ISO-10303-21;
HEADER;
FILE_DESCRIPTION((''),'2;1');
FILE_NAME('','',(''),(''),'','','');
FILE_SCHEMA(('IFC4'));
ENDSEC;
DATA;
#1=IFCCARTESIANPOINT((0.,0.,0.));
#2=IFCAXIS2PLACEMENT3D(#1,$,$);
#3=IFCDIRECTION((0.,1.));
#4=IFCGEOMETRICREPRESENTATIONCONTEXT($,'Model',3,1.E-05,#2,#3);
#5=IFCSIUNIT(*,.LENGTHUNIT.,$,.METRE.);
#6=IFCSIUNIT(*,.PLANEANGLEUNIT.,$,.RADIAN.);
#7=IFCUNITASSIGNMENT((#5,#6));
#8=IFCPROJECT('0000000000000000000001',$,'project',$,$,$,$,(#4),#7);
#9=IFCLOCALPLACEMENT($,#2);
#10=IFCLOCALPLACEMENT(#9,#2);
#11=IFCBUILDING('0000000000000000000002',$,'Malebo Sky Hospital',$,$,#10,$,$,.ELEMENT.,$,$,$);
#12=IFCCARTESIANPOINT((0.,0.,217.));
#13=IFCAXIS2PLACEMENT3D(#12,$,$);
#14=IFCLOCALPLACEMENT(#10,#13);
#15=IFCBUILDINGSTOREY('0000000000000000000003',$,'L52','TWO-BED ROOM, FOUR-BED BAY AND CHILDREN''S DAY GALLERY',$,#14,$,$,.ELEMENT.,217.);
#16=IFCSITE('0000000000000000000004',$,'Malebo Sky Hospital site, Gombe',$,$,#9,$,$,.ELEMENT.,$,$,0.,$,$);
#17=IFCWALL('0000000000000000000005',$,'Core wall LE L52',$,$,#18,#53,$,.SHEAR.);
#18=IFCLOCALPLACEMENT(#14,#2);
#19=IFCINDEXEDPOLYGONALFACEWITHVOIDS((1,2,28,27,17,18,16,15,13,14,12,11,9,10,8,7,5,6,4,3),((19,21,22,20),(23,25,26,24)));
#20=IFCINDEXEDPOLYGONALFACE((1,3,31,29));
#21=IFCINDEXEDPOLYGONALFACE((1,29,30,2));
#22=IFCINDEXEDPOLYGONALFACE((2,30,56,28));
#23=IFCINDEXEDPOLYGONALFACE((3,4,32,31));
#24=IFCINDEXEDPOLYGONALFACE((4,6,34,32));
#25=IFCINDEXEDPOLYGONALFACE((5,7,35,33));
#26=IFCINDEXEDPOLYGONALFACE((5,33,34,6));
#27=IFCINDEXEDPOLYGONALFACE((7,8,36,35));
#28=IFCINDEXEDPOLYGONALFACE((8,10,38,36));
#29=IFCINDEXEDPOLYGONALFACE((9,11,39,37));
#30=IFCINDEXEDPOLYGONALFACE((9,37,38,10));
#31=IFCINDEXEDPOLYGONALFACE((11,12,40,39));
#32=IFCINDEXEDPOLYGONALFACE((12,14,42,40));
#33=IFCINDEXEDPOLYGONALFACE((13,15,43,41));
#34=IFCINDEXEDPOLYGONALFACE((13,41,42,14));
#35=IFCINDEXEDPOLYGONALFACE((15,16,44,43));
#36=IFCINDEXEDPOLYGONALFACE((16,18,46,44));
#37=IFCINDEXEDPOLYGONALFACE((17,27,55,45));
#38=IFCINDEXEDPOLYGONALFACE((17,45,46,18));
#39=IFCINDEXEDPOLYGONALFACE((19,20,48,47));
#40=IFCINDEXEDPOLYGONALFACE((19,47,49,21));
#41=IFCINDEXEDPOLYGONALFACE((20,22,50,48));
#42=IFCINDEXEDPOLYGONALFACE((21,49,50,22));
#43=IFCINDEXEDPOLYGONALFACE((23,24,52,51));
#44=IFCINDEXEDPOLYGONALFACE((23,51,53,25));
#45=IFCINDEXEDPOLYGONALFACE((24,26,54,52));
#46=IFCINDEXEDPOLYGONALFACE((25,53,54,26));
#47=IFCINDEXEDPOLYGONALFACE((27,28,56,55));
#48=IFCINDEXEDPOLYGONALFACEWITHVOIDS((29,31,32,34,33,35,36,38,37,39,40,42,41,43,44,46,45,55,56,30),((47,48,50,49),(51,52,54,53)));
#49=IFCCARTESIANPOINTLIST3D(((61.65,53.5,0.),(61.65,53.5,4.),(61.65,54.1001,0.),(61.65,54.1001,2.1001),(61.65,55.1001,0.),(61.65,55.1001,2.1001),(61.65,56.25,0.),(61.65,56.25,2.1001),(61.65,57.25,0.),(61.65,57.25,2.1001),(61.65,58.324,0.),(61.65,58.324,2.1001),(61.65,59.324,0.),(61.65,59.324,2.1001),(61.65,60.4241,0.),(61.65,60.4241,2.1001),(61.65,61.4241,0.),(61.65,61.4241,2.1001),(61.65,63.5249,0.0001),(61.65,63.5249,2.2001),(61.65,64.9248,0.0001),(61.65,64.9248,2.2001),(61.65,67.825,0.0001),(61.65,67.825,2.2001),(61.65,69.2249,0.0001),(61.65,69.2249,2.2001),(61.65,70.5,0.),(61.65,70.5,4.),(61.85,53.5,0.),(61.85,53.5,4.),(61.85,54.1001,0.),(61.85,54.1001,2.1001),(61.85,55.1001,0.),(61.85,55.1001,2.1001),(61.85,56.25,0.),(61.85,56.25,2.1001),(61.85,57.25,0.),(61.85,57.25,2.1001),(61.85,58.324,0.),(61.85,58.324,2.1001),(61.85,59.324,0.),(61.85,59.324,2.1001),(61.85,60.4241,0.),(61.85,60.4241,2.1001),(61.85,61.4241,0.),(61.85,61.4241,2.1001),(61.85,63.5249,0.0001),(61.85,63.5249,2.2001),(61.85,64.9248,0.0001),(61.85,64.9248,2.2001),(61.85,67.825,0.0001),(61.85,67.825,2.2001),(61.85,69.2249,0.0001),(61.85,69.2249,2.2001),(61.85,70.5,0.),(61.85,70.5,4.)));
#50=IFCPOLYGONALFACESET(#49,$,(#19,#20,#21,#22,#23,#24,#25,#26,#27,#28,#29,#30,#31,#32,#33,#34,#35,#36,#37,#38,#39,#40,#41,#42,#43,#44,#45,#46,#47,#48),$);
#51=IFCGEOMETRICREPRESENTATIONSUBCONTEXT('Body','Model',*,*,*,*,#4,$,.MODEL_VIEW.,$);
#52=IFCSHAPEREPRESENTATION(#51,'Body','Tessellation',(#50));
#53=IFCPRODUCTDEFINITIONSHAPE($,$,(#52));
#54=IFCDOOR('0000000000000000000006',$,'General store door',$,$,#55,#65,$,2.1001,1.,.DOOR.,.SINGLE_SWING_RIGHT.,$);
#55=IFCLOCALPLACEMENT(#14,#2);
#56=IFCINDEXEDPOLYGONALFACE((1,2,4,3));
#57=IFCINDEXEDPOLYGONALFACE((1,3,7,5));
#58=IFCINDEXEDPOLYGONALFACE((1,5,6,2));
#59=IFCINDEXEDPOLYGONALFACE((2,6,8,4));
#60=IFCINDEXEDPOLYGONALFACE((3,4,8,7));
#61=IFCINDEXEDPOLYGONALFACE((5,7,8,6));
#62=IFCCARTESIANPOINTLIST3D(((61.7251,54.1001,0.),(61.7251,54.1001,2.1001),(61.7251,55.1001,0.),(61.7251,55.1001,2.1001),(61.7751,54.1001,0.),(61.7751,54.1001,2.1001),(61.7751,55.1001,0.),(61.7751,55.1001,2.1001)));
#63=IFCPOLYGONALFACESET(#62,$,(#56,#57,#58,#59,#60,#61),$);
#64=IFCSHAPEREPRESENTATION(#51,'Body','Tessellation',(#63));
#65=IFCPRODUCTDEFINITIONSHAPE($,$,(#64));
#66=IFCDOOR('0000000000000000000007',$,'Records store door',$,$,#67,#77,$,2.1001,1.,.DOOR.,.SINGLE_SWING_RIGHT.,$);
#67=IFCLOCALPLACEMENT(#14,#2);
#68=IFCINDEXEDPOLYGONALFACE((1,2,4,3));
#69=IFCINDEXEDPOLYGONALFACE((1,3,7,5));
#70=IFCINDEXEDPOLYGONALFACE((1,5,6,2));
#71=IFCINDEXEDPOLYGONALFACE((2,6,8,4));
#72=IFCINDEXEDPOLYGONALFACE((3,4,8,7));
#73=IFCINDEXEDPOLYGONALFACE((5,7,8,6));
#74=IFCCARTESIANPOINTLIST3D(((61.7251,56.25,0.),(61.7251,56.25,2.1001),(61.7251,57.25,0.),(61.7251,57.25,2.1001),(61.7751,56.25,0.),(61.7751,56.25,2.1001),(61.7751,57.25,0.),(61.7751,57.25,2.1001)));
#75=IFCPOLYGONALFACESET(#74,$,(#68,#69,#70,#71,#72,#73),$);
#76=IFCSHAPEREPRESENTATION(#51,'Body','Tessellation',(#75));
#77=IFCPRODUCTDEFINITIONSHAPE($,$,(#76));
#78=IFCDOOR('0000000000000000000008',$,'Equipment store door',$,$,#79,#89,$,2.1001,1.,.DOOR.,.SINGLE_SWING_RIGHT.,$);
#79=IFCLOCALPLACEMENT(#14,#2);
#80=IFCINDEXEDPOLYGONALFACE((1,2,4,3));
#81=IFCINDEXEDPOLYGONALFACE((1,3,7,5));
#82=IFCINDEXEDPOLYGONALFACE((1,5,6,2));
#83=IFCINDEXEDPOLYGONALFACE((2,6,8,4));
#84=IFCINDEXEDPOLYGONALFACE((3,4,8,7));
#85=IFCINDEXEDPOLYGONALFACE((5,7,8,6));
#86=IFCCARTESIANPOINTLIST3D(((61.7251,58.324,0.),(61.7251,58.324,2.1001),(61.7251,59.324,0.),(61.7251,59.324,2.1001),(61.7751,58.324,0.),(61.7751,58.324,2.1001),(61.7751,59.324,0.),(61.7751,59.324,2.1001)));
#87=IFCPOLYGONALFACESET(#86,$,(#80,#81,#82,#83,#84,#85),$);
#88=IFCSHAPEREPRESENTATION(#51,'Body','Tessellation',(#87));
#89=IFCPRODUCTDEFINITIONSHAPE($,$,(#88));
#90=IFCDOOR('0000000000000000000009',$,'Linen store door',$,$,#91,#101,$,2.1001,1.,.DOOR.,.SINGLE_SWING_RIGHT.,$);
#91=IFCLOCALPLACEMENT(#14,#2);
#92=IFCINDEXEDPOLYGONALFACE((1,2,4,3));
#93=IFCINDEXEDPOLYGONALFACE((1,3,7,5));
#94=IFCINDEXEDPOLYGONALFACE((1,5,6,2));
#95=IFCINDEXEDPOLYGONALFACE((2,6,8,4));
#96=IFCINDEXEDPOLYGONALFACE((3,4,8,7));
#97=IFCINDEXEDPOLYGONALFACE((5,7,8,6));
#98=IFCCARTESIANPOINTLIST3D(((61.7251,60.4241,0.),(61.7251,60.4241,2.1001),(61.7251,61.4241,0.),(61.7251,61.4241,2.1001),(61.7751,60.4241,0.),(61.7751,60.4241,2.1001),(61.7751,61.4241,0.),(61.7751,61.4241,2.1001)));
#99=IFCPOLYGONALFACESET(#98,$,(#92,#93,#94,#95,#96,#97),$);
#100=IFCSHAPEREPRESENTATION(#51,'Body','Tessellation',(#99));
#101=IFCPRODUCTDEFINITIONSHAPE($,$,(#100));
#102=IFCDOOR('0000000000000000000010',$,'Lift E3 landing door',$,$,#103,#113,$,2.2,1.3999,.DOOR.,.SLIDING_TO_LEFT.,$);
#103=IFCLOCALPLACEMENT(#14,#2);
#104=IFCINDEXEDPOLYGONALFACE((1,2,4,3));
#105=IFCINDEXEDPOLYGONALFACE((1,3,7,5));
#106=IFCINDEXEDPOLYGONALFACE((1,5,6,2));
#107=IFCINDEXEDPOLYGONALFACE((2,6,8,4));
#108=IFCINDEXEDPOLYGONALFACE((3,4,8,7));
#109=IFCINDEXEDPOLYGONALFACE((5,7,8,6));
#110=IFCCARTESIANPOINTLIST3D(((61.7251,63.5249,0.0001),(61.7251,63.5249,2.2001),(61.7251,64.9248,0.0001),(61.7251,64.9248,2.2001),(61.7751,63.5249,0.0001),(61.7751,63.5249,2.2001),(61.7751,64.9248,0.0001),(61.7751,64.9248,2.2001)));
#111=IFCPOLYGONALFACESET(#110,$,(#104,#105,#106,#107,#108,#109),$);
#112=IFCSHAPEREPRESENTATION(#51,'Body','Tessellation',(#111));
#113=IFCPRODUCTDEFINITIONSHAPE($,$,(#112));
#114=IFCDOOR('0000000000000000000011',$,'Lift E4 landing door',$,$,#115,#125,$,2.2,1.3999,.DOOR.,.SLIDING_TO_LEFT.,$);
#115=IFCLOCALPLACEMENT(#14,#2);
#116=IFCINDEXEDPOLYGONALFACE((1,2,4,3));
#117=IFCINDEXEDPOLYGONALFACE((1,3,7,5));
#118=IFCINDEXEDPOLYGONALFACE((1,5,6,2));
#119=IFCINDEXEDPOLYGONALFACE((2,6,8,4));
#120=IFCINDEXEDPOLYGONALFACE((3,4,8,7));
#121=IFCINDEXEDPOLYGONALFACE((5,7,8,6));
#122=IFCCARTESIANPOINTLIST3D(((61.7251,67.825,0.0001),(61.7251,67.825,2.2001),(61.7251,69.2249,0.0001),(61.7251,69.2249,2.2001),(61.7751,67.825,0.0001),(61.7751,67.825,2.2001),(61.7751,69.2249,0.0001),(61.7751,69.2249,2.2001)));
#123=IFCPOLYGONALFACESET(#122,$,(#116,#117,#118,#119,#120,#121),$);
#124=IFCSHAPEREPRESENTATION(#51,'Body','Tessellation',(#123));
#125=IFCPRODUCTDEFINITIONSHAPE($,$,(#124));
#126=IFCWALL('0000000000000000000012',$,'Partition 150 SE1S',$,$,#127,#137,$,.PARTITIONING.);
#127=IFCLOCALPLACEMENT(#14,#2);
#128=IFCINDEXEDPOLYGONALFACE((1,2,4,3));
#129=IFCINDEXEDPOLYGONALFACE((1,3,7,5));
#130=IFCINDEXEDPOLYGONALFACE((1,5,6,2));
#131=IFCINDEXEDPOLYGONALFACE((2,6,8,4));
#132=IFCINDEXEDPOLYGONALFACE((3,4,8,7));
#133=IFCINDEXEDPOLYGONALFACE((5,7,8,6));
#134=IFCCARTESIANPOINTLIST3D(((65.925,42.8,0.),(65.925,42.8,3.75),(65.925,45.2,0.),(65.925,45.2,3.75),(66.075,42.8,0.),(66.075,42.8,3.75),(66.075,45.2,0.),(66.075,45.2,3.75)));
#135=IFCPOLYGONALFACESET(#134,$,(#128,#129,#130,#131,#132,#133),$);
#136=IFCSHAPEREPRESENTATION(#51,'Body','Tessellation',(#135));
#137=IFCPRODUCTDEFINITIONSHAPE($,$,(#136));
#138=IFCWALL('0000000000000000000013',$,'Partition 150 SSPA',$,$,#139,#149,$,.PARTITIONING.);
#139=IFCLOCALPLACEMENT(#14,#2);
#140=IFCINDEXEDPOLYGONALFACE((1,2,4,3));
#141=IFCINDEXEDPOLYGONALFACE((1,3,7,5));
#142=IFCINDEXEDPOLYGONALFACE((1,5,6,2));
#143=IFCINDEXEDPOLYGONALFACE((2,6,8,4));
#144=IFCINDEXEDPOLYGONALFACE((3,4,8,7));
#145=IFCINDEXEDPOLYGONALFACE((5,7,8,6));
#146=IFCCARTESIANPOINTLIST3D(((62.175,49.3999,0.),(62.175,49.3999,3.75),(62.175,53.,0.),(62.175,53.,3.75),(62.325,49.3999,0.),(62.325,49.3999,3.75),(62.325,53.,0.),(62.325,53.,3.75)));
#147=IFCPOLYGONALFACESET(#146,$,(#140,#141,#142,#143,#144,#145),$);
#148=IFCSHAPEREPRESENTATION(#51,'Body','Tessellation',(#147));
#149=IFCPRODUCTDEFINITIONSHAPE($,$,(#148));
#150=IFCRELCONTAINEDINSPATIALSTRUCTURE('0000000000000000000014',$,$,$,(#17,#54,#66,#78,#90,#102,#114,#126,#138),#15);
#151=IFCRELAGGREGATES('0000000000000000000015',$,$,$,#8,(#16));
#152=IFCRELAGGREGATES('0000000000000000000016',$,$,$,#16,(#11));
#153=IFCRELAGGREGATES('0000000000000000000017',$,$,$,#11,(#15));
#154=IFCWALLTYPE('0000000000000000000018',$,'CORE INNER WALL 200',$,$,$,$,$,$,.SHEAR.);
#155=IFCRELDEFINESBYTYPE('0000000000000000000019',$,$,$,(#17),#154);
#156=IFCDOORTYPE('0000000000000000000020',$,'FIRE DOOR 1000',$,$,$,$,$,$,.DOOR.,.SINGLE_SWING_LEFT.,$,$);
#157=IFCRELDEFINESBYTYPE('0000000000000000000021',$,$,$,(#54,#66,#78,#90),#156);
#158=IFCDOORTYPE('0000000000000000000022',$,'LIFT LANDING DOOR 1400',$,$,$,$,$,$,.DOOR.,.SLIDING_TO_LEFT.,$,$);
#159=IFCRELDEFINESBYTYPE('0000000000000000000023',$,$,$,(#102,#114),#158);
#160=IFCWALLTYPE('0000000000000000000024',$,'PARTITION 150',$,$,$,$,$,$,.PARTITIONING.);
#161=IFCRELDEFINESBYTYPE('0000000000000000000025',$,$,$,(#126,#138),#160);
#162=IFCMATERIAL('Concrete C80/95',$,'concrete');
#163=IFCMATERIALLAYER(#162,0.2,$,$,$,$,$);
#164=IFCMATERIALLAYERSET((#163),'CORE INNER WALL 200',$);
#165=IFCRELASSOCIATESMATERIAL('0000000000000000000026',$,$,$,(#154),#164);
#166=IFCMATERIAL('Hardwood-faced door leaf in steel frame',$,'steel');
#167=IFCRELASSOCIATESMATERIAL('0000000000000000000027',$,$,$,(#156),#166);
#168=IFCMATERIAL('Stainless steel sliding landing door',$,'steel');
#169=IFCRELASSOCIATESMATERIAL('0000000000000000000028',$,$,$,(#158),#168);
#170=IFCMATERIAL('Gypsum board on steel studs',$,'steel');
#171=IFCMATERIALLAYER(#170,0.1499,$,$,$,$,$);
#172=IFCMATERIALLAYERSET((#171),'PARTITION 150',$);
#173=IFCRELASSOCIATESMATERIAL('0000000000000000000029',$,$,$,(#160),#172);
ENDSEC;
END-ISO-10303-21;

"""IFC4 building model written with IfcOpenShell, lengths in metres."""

from ifc_helpers import new_model, si_unit, direction, frame, frame_2d, origin, place, context, subcontext, project, spatial, rectangle, extrude, material, layer, layer_set, type_object, element, fill, save


model = new_model("IFC4")

# Units and contexts
model_context = context("Model", 3, precision=1e-05, world=origin(), true_north=direction((0.0, 1.0)))
body_context = subcontext(model_context, "Body", "Model", "MODEL_VIEW")
ifc_project = project(units=[si_unit("LENGTHUNIT", "METRE"), si_unit("PLANEANGLEUNIT", "RADIAN")], contexts=[model_context])

# Site, building, storey
site_placement = place(None, origin())
site = spatial("IfcSite", under=ifc_project, at=site_placement, Name="Malebo Sky Hospital site, Gombe", CompositionType="ELEMENT", RefElevation=0.0)
building_placement = place(site_placement, origin())
building = spatial("IfcBuilding", under=site, at=building_placement, Name="Malebo Sky Hospital", CompositionType="ELEMENT")
storey_placement = place(building_placement, frame((0.0, 0.0, 217.0)))
storey = spatial("IfcBuildingStorey", under=building, at=storey_placement, Name="L52", Description="TWO-BED ROOM, FOUR-BED BAY AND CHILDREN'S DAY GALLERY", CompositionType="ELEMENT", Elevation=217.0)

# Wall, openings, doors
ifc_material_1 = material(Name="Concrete C80/95", Category="concrete")
ifc_layer_1 = layer(ifc_material_1, 0.2)
ifc_layer_set_1 = layer_set([ifc_layer_1], Name="CORE INNER WALL 200")
wall_type_1 = type_object("IfcWallType", Name="CORE INNER WALL 200", PredefinedType="SHEAR", material=ifc_layer_set_1)
ifc_material_2 = material(Name="Hardwood-faced door leaf in steel frame", Category="steel")
door_type_1 = type_object("IfcDoorType", Name="FIRE DOOR 1000", OperationType="SINGLE_SWING_LEFT", PredefinedType="DOOR", material=ifc_material_2)
ifc_material_3 = material(Name="Stainless steel sliding landing door", Category="steel")
door_type_2 = type_object("IfcDoorType", Name="LIFT LANDING DOOR 1400", OperationType="SLIDING_TO_LEFT", PredefinedType="DOOR", material=ifc_material_3)
wall_1_placement = place(storey_placement, frame((61.75, 53.5, 0.0), z_axis=(0.0, 0.0, 1.0), x_axis=(0.0, 1.0, 0.0)))
wall_1 = element("IfcWall", 1, at=wall_1_placement, inside=storey, type_object=wall_type_1, Name="Core wall LE L52", PredefinedType="SHEAR", context=body_context, shape_type="SweptSolid", body=[
    extrude(rectangle(XDim=17.0, YDim=0.2, at=frame_2d((8.5, 0.0))), origin(), (0.0, 0.0, 1.0), 4.0),
])
opening_1_placement = place(wall_1_placement, frame((0.6001, 0.0, 0.0)))
opening_1 = element("IfcOpeningElement", 2, at=opening_1_placement, cuts=wall_1, PredefinedType="OPENING", context=body_context, shape_type="SweptSolid", body=[
    extrude(rectangle(XDim=1.0, YDim=2.1001, at=frame_2d((0.5, 1.05))), frame((0.0, 0.1099, 0.0), z_axis=(0.0, -1.0, 0.0), x_axis=(1.0, 0.0, 0.0)), (0.0, 0.0, 1.0), 0.22),
])
opening_2_placement = place(wall_1_placement, frame((2.75, 0.0, 0.0)))
opening_2 = element("IfcOpeningElement", 3, at=opening_2_placement, cuts=wall_1, PredefinedType="OPENING", context=body_context, shape_type="SweptSolid", body=[
    extrude(rectangle(XDim=1.0, YDim=2.1001, at=frame_2d((0.5, 1.05))), frame((0.0, 0.1099, 0.0), z_axis=(0.0, -1.0, 0.0), x_axis=(1.0, 0.0, 0.0)), (0.0, 0.0, 1.0), 0.22),
])
opening_3_placement = place(wall_1_placement, frame((4.824, 0.0, 0.0)))
opening_3 = element("IfcOpeningElement", 4, at=opening_3_placement, cuts=wall_1, PredefinedType="OPENING", context=body_context, shape_type="SweptSolid", body=[
    extrude(rectangle(XDim=1.0, YDim=2.1001, at=frame_2d((0.5, 1.05))), frame((0.0, 0.1099, 0.0), z_axis=(0.0, -1.0, 0.0), x_axis=(1.0, 0.0, 0.0)), (0.0, 0.0, 1.0), 0.22),
])
opening_4_placement = place(wall_1_placement, frame((6.9241, 0.0, 0.0)))
opening_4 = element("IfcOpeningElement", 5, at=opening_4_placement, cuts=wall_1, PredefinedType="OPENING", context=body_context, shape_type="SweptSolid", body=[
    extrude(rectangle(XDim=1.0, YDim=2.1001, at=frame_2d((0.5, 1.05))), frame((0.0, 0.1099, 0.0), z_axis=(0.0, -1.0, 0.0), x_axis=(1.0, 0.0, 0.0)), (0.0, 0.0, 1.0), 0.22),
])
opening_5_placement = place(wall_1_placement, frame((10.0249, 0.0, 0.0)))
opening_5 = element("IfcOpeningElement", 6, at=opening_5_placement, cuts=wall_1, PredefinedType="OPENING", context=body_context, shape_type="SweptSolid", body=[
    extrude(rectangle(XDim=1.3999, YDim=2.2, at=frame_2d((0.7, 1.1001))), frame((0.0, 0.1099, 0.0), z_axis=(0.0, -1.0, 0.0), x_axis=(1.0, 0.0, 0.0)), (0.0, 0.0, 1.0), 0.22),
])
opening_6_placement = place(wall_1_placement, frame((14.325, 0.0, 0.0)))
opening_6 = element("IfcOpeningElement", 7, at=opening_6_placement, cuts=wall_1, PredefinedType="OPENING", context=body_context, shape_type="SweptSolid", body=[
    extrude(rectangle(XDim=1.3999, YDim=2.2, at=frame_2d((0.7, 1.1001))), frame((0.0, 0.1099, 0.0), z_axis=(0.0, -1.0, 0.0), x_axis=(1.0, 0.0, 0.0)), (0.0, 0.0, 1.0), 0.22),
])
door_1_placement = place(opening_1_placement, origin())
door_1 = element("IfcDoor", 8, at=door_1_placement, inside=storey, type_object=door_type_1, Name="General store door", OperationType="SINGLE_SWING_RIGHT", OverallHeight=2.1001, OverallWidth=1.0, PredefinedType="DOOR", context=body_context, shape_type="SweptSolid", body=[
    extrude(rectangle(XDim=1.0, YDim=2.1001, at=frame_2d((0.5, 1.05))), frame((0.0, 0.0249, 0.0), z_axis=(0.0, -1.0, 0.0), x_axis=(1.0, 0.0, 0.0)), (0.0, 0.0, 1.0), 0.05),
])
fill(opening_1, door_1)
door_2_placement = place(opening_2_placement, origin())
door_2 = element("IfcDoor", 9, at=door_2_placement, inside=storey, type_object=door_type_1, Name="Records store door", OperationType="SINGLE_SWING_RIGHT", OverallHeight=2.1001, OverallWidth=1.0, PredefinedType="DOOR", context=body_context, shape_type="SweptSolid", body=[
    extrude(rectangle(XDim=1.0, YDim=2.1001, at=frame_2d((0.5, 1.05))), frame((0.0, 0.0249, 0.0), z_axis=(0.0, -1.0, 0.0), x_axis=(1.0, 0.0, 0.0)), (0.0, 0.0, 1.0), 0.05),
])
fill(opening_2, door_2)
door_3_placement = place(opening_3_placement, origin())
door_3 = element("IfcDoor", 10, at=door_3_placement, inside=storey, type_object=door_type_1, Name="Equipment store door", OperationType="SINGLE_SWING_RIGHT", OverallHeight=2.1001, OverallWidth=1.0, PredefinedType="DOOR", context=body_context, shape_type="SweptSolid", body=[
    extrude(rectangle(XDim=1.0, YDim=2.1001, at=frame_2d((0.5, 1.05))), frame((0.0, 0.0249, 0.0), z_axis=(0.0, -1.0, 0.0), x_axis=(1.0, 0.0, 0.0)), (0.0, 0.0, 1.0), 0.05),
])
fill(opening_3, door_3)
door_4_placement = place(opening_4_placement, origin())
door_4 = element("IfcDoor", 11, at=door_4_placement, inside=storey, type_object=door_type_1, Name="Linen store door", OperationType="SINGLE_SWING_RIGHT", OverallHeight=2.1001, OverallWidth=1.0, PredefinedType="DOOR", context=body_context, shape_type="SweptSolid", body=[
    extrude(rectangle(XDim=1.0, YDim=2.1001, at=frame_2d((0.5, 1.05))), frame((0.0, 0.0249, 0.0), z_axis=(0.0, -1.0, 0.0), x_axis=(1.0, 0.0, 0.0)), (0.0, 0.0, 1.0), 0.05),
])
fill(opening_4, door_4)
door_5_placement = place(opening_5_placement, origin())
door_5 = element("IfcDoor", 12, at=door_5_placement, inside=storey, type_object=door_type_2, Name="Lift E3 landing door", OperationType="SLIDING_TO_LEFT", OverallHeight=2.2, OverallWidth=1.3999, PredefinedType="DOOR", context=body_context, shape_type="SweptSolid", body=[
    extrude(rectangle(XDim=1.3999, YDim=2.2, at=frame_2d((0.7, 1.1001))), frame((0.0, 0.0249, 0.0), z_axis=(0.0, -1.0, 0.0), x_axis=(1.0, 0.0, 0.0)), (0.0, 0.0, 1.0), 0.05),
])
fill(opening_5, door_5)
door_6_placement = place(opening_6_placement, origin())
door_6 = element("IfcDoor", 13, at=door_6_placement, inside=storey, type_object=door_type_2, Name="Lift E4 landing door", OperationType="SLIDING_TO_LEFT", OverallHeight=2.2, OverallWidth=1.3999, PredefinedType="DOOR", context=body_context, shape_type="SweptSolid", body=[
    extrude(rectangle(XDim=1.3999, YDim=2.2, at=frame_2d((0.7, 1.1001))), frame((0.0, 0.0249, 0.0), z_axis=(0.0, -1.0, 0.0), x_axis=(1.0, 0.0, 0.0)), (0.0, 0.0, 1.0), 0.05),
])
fill(opening_6, door_6)

# Walls
ifc_material_4 = material(Name="Gypsum board on steel studs", Category="steel")
ifc_layer_2 = layer(ifc_material_4, 0.1499)
ifc_layer_set_2 = layer_set([ifc_layer_2], Name="PARTITION 150")
wall_type_2 = type_object("IfcWallType", Name="PARTITION 150", PredefinedType="PARTITIONING", material=ifc_layer_set_2)
wall_2_placement = place(storey_placement, frame((66.0, 45.2, 0.0), z_axis=(0.0, 0.0, 1.0), x_axis=(0.0, -1.0, 0.0)))
element("IfcWall", 14, at=wall_2_placement, inside=storey, type_object=wall_type_2, Name="Partition 150 SE1S", PredefinedType="PARTITIONING", context=body_context, shape_type="SweptSolid", body=[
    extrude(rectangle(XDim=2.3999, YDim=0.1499, at=frame_2d((1.2, 0.0))), origin(), (0.0, 0.0, 1.0), 3.75),
])
wall_3_placement = place(storey_placement, frame((62.25, 53.0, 0.0), z_axis=(0.0, 0.0, 1.0), x_axis=(0.0, -1.0, 0.0)))
element("IfcWall", 15, at=wall_3_placement, inside=storey, type_object=wall_type_2, Name="Partition 150 SSPA", PredefinedType="PARTITIONING", context=body_context, shape_type="SweptSolid", body=[
    extrude(rectangle(XDim=3.6001, YDim=0.1499, at=frame_2d((1.8, 0.0))), origin(), (0.0, 0.0, 1.0), 3.75),
])

save(model, "model.ifc")
